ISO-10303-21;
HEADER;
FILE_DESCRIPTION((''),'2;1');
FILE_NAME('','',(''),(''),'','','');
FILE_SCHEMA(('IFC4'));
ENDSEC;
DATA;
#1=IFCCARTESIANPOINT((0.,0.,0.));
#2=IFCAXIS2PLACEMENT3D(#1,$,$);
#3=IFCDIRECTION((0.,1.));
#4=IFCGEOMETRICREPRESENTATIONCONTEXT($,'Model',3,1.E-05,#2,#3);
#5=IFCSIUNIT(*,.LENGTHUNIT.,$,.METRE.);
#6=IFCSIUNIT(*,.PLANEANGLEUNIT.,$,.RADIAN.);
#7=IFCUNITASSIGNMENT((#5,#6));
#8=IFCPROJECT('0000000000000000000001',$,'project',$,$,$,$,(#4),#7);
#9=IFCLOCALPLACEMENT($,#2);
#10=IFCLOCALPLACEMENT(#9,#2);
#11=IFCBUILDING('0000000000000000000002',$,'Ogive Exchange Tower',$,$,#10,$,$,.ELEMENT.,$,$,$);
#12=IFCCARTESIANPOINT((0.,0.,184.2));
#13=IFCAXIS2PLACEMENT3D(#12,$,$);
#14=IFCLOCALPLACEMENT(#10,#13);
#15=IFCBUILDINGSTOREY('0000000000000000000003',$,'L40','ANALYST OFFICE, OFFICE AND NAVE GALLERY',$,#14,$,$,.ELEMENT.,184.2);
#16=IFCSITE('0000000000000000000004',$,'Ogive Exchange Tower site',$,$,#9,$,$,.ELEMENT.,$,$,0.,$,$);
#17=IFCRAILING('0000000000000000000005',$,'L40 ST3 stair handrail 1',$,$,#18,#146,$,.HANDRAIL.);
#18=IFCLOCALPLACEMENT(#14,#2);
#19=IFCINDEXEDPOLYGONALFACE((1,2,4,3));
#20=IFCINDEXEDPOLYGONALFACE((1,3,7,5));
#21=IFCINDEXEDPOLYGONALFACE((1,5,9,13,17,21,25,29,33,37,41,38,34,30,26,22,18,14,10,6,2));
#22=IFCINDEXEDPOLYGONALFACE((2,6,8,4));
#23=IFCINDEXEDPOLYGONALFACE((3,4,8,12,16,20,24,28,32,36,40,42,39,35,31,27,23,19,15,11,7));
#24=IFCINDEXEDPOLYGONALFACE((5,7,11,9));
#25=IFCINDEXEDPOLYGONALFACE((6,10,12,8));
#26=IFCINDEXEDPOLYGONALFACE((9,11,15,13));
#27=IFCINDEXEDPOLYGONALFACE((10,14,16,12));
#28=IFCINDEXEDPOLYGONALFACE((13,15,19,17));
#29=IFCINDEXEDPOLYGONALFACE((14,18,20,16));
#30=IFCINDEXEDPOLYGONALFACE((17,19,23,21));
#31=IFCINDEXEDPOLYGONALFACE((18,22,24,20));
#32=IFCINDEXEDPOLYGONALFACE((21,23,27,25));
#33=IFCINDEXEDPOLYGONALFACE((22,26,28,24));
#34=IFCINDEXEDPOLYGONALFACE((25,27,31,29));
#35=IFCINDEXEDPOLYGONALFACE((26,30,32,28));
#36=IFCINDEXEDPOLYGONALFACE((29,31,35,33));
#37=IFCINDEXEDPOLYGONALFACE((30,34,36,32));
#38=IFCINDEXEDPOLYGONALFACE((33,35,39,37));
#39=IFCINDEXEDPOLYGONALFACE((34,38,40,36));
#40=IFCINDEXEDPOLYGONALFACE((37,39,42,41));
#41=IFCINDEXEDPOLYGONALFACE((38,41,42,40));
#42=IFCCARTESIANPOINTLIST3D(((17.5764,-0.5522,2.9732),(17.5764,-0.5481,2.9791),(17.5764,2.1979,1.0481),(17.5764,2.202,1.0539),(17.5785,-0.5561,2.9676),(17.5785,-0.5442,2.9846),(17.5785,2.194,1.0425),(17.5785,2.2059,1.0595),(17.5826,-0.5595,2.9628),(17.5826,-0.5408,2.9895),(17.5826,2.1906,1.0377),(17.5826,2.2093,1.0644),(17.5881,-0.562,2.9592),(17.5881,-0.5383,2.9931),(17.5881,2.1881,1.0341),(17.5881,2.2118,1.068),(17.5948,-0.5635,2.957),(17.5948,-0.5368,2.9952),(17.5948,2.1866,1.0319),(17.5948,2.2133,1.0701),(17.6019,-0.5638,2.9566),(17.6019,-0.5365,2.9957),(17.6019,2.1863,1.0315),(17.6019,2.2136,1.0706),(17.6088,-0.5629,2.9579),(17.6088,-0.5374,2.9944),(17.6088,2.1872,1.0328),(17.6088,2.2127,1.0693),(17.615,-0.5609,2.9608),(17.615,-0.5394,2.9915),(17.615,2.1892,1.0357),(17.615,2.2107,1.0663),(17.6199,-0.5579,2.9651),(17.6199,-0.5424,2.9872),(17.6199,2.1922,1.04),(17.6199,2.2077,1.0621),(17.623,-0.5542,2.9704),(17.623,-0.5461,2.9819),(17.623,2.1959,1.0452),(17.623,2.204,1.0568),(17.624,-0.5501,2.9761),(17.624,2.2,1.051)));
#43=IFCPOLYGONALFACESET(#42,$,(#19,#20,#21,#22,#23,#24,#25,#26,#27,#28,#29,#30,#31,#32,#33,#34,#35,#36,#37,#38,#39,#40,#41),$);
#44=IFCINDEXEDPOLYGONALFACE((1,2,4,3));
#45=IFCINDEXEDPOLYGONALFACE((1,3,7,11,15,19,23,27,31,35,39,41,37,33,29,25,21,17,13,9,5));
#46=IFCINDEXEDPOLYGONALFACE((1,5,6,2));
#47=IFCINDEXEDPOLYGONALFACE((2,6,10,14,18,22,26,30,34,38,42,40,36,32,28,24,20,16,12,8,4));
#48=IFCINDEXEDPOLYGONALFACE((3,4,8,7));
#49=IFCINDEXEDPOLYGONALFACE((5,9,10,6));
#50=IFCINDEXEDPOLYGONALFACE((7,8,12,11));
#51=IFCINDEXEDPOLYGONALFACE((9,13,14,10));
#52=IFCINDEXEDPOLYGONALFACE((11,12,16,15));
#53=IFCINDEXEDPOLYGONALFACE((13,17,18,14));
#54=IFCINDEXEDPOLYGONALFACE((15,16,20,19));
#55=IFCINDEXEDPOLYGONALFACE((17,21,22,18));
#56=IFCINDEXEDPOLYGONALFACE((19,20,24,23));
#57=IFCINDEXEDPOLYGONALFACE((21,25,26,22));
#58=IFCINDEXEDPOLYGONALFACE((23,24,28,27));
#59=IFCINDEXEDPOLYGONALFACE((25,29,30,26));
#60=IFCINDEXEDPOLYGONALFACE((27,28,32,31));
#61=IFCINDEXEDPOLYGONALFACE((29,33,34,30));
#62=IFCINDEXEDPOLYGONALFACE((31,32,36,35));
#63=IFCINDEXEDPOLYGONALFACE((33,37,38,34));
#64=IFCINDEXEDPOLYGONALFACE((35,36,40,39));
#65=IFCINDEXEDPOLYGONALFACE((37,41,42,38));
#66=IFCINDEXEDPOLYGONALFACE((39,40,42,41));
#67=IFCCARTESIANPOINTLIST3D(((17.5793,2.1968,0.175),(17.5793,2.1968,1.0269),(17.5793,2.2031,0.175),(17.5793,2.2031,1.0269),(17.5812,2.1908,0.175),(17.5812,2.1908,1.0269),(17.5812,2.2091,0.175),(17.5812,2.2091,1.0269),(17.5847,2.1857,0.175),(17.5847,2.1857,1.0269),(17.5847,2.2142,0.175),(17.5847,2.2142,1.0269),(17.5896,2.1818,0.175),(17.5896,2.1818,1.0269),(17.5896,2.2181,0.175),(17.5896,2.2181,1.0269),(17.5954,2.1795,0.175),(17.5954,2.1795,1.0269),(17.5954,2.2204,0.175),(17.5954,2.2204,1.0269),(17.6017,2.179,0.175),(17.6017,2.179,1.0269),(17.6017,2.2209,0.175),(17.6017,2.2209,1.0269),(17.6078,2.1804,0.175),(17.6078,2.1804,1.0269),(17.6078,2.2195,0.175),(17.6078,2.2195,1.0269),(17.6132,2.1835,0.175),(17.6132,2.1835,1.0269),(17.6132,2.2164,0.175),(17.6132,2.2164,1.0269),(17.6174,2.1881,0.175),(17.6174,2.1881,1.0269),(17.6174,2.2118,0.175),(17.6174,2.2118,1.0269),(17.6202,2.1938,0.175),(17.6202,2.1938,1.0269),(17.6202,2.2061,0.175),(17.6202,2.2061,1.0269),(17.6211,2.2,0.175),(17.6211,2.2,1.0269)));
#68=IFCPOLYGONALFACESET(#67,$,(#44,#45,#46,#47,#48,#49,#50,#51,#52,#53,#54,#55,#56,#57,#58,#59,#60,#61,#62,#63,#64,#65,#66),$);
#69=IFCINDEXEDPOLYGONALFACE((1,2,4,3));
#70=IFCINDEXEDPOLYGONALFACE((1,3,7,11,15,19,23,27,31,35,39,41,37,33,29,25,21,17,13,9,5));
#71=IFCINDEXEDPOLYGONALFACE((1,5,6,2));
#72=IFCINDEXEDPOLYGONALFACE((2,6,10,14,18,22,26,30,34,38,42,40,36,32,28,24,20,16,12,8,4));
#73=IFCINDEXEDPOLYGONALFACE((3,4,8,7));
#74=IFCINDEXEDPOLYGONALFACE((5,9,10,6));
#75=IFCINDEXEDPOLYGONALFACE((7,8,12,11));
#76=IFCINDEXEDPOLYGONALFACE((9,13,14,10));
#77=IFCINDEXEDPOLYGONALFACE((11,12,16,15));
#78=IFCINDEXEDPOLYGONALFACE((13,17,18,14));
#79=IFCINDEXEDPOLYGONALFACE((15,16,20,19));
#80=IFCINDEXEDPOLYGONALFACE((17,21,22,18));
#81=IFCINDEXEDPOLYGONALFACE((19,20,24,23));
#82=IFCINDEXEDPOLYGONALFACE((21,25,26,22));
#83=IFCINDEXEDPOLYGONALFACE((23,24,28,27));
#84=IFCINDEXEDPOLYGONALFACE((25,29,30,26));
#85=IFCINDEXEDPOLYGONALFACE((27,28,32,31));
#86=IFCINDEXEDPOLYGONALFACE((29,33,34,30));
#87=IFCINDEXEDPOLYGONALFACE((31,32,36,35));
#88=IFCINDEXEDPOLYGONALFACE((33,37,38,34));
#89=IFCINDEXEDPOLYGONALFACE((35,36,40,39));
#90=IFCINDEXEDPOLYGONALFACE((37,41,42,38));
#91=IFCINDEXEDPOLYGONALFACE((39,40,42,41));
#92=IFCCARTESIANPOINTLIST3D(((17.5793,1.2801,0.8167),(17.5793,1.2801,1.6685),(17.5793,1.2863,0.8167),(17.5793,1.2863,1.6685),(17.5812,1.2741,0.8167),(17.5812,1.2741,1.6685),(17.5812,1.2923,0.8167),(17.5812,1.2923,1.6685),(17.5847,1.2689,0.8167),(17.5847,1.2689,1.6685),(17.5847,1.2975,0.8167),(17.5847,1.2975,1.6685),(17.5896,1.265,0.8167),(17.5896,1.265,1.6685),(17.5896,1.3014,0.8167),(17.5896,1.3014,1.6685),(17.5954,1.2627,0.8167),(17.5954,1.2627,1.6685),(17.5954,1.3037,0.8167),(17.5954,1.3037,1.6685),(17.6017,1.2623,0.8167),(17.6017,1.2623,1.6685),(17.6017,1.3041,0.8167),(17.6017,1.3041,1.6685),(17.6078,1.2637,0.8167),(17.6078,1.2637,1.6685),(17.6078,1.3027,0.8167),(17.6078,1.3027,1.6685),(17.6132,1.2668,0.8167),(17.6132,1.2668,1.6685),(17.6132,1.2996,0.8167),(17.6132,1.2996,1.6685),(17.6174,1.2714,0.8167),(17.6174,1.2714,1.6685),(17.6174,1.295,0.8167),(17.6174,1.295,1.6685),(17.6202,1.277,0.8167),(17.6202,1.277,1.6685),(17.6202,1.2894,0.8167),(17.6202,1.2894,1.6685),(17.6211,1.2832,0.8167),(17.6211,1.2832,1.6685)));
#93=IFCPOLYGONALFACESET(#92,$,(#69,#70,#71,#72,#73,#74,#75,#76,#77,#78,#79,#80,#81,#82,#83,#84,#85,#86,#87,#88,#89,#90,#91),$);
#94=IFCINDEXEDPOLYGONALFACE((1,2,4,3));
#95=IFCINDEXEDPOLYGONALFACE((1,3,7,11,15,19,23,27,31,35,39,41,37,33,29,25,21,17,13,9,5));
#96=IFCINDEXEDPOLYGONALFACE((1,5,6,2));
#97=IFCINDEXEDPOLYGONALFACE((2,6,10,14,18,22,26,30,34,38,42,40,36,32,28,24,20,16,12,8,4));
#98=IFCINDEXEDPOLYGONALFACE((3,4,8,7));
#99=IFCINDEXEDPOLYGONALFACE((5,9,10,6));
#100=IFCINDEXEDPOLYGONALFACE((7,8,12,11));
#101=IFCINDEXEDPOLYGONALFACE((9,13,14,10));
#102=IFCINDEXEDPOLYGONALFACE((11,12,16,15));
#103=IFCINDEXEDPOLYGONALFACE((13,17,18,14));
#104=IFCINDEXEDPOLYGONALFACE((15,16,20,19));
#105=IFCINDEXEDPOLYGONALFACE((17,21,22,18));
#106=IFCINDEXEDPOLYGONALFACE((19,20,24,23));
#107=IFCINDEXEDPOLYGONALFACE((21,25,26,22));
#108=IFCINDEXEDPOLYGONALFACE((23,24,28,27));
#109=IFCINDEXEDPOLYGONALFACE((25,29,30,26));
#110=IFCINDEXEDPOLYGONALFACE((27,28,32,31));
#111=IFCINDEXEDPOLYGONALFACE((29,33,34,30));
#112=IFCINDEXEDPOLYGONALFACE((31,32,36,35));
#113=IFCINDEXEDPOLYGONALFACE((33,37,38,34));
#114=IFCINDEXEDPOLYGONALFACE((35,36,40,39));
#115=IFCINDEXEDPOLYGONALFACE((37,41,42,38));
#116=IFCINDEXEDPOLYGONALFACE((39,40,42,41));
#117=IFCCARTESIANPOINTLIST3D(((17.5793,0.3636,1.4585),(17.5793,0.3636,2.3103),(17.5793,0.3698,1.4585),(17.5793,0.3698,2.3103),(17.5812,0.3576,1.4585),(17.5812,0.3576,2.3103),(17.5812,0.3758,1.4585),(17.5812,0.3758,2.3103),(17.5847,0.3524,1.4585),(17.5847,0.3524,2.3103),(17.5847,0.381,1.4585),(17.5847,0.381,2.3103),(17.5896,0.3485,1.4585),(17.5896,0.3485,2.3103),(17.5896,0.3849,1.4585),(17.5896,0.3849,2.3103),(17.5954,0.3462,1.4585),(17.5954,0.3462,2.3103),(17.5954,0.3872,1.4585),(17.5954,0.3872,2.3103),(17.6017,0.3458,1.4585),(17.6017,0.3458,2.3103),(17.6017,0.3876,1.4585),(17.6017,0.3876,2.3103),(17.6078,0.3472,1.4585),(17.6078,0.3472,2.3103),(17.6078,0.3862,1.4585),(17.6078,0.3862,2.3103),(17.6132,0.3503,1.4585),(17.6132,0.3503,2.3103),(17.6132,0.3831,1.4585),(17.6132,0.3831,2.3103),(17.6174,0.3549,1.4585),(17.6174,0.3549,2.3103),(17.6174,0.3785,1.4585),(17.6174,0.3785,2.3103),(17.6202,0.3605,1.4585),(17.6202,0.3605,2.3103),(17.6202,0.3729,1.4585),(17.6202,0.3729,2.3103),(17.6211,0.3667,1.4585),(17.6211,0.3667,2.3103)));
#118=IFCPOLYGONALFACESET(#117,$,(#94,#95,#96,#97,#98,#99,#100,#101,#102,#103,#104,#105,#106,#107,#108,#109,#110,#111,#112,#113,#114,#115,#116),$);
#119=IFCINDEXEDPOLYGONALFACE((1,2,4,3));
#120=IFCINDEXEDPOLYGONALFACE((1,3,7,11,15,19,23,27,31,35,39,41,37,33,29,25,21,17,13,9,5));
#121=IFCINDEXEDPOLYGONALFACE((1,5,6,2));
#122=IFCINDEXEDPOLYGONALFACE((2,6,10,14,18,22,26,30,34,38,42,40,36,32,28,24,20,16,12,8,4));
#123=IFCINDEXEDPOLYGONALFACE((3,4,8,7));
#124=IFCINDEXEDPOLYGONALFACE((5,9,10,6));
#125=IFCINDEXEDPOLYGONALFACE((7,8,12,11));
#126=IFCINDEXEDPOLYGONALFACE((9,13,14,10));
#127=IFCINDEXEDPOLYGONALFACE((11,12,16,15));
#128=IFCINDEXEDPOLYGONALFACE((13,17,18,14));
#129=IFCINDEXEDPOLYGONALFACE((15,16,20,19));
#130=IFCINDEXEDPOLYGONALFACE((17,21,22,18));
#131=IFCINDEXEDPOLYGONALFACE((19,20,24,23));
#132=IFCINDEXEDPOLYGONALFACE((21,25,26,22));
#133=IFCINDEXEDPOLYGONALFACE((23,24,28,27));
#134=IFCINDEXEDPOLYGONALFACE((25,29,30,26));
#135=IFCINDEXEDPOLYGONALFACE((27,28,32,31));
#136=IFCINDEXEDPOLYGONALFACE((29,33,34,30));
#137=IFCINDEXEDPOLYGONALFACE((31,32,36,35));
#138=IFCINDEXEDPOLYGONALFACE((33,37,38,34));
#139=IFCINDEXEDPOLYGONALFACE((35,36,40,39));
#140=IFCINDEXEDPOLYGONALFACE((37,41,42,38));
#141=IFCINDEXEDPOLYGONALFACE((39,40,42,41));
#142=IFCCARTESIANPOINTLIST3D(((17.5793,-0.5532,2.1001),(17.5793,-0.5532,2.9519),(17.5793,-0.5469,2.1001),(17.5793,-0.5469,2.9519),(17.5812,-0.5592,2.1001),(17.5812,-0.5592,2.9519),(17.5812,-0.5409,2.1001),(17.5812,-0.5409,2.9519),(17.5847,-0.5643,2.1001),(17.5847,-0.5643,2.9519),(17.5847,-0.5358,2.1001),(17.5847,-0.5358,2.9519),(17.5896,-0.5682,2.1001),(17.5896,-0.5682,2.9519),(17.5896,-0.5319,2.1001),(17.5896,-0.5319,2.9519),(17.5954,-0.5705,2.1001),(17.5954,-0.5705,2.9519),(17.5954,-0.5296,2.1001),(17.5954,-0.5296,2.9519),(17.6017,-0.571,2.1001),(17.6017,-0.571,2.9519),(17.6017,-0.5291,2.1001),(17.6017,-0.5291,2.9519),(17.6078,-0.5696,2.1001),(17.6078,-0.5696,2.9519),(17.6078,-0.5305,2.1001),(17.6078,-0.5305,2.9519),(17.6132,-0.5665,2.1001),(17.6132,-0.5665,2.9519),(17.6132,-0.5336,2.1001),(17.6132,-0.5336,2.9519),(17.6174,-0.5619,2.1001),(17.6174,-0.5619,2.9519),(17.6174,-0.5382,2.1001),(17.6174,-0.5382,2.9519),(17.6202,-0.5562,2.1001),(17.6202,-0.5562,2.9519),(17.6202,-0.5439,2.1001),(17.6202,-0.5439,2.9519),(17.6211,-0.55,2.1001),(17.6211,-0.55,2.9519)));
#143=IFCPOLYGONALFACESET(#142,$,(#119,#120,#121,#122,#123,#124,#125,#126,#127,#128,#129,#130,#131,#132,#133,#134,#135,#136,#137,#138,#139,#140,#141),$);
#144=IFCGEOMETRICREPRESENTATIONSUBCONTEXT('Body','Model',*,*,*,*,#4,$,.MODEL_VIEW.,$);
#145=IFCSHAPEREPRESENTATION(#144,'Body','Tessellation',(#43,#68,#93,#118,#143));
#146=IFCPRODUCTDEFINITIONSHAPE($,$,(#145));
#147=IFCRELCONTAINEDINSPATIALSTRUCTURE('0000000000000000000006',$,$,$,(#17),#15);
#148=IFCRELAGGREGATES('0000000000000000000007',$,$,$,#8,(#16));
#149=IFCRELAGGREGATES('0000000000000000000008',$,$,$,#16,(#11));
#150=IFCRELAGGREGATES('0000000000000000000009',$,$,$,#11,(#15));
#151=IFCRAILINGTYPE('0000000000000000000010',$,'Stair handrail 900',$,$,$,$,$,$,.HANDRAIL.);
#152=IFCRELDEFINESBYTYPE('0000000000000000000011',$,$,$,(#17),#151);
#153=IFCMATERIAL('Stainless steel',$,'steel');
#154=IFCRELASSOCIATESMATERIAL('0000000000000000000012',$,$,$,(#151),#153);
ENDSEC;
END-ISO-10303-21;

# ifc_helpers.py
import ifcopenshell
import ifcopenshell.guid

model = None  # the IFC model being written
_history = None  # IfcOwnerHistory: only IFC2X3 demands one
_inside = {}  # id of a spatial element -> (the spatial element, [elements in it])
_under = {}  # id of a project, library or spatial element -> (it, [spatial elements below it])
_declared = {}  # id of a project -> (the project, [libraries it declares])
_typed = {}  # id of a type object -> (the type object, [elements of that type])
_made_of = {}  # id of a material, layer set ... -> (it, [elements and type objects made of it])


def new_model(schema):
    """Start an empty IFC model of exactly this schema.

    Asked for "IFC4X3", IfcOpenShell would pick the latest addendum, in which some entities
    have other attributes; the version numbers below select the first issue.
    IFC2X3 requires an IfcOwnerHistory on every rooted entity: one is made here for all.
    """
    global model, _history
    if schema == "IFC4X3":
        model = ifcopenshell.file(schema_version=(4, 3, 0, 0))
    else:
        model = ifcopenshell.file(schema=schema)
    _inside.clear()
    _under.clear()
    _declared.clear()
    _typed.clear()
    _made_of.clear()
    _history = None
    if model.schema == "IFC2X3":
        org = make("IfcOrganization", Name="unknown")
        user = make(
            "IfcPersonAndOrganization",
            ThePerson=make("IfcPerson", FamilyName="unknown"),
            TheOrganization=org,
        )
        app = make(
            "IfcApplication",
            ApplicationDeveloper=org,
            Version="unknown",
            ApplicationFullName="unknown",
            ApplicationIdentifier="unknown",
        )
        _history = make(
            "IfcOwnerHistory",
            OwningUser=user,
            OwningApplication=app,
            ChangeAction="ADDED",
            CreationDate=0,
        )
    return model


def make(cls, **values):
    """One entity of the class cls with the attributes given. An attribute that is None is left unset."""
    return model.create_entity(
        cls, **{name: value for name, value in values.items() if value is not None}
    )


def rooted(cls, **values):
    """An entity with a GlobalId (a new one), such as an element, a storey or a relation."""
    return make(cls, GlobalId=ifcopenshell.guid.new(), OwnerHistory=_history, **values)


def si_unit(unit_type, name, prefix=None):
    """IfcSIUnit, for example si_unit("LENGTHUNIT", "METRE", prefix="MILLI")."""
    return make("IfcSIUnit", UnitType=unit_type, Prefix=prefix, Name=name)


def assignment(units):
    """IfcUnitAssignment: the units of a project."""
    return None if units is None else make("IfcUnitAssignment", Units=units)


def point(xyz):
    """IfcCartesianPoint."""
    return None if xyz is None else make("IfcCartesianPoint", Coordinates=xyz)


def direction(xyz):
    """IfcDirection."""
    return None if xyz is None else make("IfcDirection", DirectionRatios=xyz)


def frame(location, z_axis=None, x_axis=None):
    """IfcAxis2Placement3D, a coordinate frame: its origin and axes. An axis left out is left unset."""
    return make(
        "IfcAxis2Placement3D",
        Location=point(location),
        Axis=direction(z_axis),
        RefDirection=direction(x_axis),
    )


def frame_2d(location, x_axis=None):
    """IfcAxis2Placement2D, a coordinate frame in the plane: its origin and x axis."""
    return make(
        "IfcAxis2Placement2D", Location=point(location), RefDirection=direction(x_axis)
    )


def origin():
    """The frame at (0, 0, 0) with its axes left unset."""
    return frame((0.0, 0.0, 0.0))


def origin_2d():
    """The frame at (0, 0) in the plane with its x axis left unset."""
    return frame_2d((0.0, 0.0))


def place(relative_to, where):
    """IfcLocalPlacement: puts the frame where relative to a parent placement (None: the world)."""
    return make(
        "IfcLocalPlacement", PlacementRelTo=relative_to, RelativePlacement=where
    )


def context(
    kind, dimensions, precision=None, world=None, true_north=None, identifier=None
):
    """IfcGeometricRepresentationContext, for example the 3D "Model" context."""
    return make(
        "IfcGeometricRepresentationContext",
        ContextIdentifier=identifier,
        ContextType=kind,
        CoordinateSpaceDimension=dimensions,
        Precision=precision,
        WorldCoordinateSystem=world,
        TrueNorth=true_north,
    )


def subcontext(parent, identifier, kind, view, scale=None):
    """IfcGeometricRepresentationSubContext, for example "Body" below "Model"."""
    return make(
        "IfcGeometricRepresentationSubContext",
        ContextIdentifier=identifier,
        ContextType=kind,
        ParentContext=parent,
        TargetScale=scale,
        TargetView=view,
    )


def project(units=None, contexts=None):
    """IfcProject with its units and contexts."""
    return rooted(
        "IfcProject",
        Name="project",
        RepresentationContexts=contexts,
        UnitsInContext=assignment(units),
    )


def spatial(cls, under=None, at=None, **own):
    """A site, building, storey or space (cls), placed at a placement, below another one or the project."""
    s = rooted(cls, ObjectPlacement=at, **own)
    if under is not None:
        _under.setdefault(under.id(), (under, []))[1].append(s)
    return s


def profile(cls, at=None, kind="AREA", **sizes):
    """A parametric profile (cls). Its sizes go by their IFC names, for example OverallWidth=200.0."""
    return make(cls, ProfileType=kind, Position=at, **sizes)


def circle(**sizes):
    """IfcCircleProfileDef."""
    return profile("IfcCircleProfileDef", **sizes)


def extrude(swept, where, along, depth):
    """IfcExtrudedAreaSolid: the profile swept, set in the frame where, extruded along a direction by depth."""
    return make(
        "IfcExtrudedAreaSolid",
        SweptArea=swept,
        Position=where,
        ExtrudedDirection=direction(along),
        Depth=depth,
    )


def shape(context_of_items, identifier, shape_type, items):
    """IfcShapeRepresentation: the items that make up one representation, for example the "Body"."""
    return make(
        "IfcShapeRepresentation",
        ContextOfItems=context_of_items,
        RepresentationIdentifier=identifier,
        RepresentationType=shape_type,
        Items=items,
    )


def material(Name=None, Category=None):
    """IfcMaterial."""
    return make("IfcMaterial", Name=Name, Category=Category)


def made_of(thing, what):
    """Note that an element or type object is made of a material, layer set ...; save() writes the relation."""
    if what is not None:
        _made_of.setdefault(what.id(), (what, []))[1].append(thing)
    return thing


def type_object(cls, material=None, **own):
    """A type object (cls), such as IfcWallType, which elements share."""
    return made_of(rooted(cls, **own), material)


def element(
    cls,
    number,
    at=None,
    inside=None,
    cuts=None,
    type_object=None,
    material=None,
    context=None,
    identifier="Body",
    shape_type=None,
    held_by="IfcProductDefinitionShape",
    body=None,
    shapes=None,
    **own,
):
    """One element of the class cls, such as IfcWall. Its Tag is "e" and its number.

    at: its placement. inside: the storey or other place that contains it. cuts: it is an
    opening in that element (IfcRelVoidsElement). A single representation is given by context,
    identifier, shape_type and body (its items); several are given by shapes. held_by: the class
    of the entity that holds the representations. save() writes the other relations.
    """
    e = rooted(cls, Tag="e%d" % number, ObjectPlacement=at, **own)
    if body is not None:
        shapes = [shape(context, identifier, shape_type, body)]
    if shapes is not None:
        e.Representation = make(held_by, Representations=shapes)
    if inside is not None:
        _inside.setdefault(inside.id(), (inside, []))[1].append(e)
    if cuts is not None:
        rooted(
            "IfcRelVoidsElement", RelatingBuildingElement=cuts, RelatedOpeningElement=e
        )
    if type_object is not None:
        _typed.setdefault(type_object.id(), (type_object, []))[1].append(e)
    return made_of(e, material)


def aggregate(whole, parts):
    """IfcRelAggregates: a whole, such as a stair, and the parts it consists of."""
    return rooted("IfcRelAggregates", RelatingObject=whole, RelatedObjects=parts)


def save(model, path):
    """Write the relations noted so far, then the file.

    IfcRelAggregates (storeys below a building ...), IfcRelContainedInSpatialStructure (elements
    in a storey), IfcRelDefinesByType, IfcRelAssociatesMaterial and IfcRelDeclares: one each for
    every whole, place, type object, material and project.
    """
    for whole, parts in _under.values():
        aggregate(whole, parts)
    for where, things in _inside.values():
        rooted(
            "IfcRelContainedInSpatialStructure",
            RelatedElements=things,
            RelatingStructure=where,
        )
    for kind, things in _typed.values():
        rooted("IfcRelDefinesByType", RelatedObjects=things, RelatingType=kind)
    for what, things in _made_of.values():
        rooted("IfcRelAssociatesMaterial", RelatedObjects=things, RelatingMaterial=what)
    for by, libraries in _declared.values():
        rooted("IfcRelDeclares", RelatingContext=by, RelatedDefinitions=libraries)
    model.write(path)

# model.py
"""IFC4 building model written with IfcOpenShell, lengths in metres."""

from ifc_helpers import new_model, si_unit, direction, frame, origin, origin_2d, place, context, subcontext, project, spatial, circle, extrude, material, type_object, element, save


model = new_model("IFC4")

# Units and contexts
model_context = context("Model", 3, precision=1e-05, world=origin(), true_north=direction((0.0, 1.0)))
body_context = subcontext(model_context, "Body", "Model", "MODEL_VIEW")
ifc_project = project(units=[si_unit("LENGTHUNIT", "METRE"), si_unit("PLANEANGLEUNIT", "RADIAN")], contexts=[model_context])

# Site, building, storey
site_placement = place(None, origin())
site = spatial("IfcSite", under=ifc_project, at=site_placement, Name="Ogive Exchange Tower site", CompositionType="ELEMENT", RefElevation=0.0)
building_placement = place(site_placement, origin())
building = spatial("IfcBuilding", under=site, at=building_placement, Name="Ogive Exchange Tower", CompositionType="ELEMENT")
storey_placement = place(building_placement, frame((0.0, 0.0, 184.2)))
storey = spatial("IfcBuildingStorey", under=building, at=storey_placement, Name="L40", Description="ANALYST OFFICE, OFFICE AND NAVE GALLERY", CompositionType="ELEMENT", Elevation=184.2)

# Railing
ifc_material_1 = material(Name="Stainless steel", Category="steel")
railing_type = type_object("IfcRailingType", Name="Stair handrail 900", PredefinedType="HANDRAIL", material=ifc_material_1)
railing_placement = place(storey_placement, frame((17.6001, 2.2, 0.175)))
element("IfcRailing", 1, at=railing_placement, inside=storey, type_object=railing_type, Name="L40 ST3 stair handrail 1", PredefinedType="HANDRAIL", context=body_context, shape_type="SweptSolid", body=[
    extrude(circle(Radius=0.0239, at=origin_2d()), frame((0.0, 0.0, 0.876), z_axis=(0.0, -0.819225, 0.573472), x_axis=(1.0, 0.0, 0.0)), (0.0, 0.0, 1.0), 3.3569),
    extrude(circle(Radius=0.021, at=origin_2d()), origin(), (0.0, 0.0, 1.0), 0.8518),
    extrude(circle(Radius=0.021, at=origin_2d()), frame((0.0, -0.9167, 0.6416)), (0.0, 0.0, 1.0), 0.8518),
    extrude(circle(Radius=0.021, at=origin_2d()), frame((0.0, -1.8333, 1.2834)), (0.0, 0.0, 1.0), 0.8518),
    extrude(circle(Radius=0.021, at=origin_2d()), frame((0.0, -2.75, 1.925)), (0.0, 0.0, 1.0), 0.8518),
])

save(model, "model.ifc")
